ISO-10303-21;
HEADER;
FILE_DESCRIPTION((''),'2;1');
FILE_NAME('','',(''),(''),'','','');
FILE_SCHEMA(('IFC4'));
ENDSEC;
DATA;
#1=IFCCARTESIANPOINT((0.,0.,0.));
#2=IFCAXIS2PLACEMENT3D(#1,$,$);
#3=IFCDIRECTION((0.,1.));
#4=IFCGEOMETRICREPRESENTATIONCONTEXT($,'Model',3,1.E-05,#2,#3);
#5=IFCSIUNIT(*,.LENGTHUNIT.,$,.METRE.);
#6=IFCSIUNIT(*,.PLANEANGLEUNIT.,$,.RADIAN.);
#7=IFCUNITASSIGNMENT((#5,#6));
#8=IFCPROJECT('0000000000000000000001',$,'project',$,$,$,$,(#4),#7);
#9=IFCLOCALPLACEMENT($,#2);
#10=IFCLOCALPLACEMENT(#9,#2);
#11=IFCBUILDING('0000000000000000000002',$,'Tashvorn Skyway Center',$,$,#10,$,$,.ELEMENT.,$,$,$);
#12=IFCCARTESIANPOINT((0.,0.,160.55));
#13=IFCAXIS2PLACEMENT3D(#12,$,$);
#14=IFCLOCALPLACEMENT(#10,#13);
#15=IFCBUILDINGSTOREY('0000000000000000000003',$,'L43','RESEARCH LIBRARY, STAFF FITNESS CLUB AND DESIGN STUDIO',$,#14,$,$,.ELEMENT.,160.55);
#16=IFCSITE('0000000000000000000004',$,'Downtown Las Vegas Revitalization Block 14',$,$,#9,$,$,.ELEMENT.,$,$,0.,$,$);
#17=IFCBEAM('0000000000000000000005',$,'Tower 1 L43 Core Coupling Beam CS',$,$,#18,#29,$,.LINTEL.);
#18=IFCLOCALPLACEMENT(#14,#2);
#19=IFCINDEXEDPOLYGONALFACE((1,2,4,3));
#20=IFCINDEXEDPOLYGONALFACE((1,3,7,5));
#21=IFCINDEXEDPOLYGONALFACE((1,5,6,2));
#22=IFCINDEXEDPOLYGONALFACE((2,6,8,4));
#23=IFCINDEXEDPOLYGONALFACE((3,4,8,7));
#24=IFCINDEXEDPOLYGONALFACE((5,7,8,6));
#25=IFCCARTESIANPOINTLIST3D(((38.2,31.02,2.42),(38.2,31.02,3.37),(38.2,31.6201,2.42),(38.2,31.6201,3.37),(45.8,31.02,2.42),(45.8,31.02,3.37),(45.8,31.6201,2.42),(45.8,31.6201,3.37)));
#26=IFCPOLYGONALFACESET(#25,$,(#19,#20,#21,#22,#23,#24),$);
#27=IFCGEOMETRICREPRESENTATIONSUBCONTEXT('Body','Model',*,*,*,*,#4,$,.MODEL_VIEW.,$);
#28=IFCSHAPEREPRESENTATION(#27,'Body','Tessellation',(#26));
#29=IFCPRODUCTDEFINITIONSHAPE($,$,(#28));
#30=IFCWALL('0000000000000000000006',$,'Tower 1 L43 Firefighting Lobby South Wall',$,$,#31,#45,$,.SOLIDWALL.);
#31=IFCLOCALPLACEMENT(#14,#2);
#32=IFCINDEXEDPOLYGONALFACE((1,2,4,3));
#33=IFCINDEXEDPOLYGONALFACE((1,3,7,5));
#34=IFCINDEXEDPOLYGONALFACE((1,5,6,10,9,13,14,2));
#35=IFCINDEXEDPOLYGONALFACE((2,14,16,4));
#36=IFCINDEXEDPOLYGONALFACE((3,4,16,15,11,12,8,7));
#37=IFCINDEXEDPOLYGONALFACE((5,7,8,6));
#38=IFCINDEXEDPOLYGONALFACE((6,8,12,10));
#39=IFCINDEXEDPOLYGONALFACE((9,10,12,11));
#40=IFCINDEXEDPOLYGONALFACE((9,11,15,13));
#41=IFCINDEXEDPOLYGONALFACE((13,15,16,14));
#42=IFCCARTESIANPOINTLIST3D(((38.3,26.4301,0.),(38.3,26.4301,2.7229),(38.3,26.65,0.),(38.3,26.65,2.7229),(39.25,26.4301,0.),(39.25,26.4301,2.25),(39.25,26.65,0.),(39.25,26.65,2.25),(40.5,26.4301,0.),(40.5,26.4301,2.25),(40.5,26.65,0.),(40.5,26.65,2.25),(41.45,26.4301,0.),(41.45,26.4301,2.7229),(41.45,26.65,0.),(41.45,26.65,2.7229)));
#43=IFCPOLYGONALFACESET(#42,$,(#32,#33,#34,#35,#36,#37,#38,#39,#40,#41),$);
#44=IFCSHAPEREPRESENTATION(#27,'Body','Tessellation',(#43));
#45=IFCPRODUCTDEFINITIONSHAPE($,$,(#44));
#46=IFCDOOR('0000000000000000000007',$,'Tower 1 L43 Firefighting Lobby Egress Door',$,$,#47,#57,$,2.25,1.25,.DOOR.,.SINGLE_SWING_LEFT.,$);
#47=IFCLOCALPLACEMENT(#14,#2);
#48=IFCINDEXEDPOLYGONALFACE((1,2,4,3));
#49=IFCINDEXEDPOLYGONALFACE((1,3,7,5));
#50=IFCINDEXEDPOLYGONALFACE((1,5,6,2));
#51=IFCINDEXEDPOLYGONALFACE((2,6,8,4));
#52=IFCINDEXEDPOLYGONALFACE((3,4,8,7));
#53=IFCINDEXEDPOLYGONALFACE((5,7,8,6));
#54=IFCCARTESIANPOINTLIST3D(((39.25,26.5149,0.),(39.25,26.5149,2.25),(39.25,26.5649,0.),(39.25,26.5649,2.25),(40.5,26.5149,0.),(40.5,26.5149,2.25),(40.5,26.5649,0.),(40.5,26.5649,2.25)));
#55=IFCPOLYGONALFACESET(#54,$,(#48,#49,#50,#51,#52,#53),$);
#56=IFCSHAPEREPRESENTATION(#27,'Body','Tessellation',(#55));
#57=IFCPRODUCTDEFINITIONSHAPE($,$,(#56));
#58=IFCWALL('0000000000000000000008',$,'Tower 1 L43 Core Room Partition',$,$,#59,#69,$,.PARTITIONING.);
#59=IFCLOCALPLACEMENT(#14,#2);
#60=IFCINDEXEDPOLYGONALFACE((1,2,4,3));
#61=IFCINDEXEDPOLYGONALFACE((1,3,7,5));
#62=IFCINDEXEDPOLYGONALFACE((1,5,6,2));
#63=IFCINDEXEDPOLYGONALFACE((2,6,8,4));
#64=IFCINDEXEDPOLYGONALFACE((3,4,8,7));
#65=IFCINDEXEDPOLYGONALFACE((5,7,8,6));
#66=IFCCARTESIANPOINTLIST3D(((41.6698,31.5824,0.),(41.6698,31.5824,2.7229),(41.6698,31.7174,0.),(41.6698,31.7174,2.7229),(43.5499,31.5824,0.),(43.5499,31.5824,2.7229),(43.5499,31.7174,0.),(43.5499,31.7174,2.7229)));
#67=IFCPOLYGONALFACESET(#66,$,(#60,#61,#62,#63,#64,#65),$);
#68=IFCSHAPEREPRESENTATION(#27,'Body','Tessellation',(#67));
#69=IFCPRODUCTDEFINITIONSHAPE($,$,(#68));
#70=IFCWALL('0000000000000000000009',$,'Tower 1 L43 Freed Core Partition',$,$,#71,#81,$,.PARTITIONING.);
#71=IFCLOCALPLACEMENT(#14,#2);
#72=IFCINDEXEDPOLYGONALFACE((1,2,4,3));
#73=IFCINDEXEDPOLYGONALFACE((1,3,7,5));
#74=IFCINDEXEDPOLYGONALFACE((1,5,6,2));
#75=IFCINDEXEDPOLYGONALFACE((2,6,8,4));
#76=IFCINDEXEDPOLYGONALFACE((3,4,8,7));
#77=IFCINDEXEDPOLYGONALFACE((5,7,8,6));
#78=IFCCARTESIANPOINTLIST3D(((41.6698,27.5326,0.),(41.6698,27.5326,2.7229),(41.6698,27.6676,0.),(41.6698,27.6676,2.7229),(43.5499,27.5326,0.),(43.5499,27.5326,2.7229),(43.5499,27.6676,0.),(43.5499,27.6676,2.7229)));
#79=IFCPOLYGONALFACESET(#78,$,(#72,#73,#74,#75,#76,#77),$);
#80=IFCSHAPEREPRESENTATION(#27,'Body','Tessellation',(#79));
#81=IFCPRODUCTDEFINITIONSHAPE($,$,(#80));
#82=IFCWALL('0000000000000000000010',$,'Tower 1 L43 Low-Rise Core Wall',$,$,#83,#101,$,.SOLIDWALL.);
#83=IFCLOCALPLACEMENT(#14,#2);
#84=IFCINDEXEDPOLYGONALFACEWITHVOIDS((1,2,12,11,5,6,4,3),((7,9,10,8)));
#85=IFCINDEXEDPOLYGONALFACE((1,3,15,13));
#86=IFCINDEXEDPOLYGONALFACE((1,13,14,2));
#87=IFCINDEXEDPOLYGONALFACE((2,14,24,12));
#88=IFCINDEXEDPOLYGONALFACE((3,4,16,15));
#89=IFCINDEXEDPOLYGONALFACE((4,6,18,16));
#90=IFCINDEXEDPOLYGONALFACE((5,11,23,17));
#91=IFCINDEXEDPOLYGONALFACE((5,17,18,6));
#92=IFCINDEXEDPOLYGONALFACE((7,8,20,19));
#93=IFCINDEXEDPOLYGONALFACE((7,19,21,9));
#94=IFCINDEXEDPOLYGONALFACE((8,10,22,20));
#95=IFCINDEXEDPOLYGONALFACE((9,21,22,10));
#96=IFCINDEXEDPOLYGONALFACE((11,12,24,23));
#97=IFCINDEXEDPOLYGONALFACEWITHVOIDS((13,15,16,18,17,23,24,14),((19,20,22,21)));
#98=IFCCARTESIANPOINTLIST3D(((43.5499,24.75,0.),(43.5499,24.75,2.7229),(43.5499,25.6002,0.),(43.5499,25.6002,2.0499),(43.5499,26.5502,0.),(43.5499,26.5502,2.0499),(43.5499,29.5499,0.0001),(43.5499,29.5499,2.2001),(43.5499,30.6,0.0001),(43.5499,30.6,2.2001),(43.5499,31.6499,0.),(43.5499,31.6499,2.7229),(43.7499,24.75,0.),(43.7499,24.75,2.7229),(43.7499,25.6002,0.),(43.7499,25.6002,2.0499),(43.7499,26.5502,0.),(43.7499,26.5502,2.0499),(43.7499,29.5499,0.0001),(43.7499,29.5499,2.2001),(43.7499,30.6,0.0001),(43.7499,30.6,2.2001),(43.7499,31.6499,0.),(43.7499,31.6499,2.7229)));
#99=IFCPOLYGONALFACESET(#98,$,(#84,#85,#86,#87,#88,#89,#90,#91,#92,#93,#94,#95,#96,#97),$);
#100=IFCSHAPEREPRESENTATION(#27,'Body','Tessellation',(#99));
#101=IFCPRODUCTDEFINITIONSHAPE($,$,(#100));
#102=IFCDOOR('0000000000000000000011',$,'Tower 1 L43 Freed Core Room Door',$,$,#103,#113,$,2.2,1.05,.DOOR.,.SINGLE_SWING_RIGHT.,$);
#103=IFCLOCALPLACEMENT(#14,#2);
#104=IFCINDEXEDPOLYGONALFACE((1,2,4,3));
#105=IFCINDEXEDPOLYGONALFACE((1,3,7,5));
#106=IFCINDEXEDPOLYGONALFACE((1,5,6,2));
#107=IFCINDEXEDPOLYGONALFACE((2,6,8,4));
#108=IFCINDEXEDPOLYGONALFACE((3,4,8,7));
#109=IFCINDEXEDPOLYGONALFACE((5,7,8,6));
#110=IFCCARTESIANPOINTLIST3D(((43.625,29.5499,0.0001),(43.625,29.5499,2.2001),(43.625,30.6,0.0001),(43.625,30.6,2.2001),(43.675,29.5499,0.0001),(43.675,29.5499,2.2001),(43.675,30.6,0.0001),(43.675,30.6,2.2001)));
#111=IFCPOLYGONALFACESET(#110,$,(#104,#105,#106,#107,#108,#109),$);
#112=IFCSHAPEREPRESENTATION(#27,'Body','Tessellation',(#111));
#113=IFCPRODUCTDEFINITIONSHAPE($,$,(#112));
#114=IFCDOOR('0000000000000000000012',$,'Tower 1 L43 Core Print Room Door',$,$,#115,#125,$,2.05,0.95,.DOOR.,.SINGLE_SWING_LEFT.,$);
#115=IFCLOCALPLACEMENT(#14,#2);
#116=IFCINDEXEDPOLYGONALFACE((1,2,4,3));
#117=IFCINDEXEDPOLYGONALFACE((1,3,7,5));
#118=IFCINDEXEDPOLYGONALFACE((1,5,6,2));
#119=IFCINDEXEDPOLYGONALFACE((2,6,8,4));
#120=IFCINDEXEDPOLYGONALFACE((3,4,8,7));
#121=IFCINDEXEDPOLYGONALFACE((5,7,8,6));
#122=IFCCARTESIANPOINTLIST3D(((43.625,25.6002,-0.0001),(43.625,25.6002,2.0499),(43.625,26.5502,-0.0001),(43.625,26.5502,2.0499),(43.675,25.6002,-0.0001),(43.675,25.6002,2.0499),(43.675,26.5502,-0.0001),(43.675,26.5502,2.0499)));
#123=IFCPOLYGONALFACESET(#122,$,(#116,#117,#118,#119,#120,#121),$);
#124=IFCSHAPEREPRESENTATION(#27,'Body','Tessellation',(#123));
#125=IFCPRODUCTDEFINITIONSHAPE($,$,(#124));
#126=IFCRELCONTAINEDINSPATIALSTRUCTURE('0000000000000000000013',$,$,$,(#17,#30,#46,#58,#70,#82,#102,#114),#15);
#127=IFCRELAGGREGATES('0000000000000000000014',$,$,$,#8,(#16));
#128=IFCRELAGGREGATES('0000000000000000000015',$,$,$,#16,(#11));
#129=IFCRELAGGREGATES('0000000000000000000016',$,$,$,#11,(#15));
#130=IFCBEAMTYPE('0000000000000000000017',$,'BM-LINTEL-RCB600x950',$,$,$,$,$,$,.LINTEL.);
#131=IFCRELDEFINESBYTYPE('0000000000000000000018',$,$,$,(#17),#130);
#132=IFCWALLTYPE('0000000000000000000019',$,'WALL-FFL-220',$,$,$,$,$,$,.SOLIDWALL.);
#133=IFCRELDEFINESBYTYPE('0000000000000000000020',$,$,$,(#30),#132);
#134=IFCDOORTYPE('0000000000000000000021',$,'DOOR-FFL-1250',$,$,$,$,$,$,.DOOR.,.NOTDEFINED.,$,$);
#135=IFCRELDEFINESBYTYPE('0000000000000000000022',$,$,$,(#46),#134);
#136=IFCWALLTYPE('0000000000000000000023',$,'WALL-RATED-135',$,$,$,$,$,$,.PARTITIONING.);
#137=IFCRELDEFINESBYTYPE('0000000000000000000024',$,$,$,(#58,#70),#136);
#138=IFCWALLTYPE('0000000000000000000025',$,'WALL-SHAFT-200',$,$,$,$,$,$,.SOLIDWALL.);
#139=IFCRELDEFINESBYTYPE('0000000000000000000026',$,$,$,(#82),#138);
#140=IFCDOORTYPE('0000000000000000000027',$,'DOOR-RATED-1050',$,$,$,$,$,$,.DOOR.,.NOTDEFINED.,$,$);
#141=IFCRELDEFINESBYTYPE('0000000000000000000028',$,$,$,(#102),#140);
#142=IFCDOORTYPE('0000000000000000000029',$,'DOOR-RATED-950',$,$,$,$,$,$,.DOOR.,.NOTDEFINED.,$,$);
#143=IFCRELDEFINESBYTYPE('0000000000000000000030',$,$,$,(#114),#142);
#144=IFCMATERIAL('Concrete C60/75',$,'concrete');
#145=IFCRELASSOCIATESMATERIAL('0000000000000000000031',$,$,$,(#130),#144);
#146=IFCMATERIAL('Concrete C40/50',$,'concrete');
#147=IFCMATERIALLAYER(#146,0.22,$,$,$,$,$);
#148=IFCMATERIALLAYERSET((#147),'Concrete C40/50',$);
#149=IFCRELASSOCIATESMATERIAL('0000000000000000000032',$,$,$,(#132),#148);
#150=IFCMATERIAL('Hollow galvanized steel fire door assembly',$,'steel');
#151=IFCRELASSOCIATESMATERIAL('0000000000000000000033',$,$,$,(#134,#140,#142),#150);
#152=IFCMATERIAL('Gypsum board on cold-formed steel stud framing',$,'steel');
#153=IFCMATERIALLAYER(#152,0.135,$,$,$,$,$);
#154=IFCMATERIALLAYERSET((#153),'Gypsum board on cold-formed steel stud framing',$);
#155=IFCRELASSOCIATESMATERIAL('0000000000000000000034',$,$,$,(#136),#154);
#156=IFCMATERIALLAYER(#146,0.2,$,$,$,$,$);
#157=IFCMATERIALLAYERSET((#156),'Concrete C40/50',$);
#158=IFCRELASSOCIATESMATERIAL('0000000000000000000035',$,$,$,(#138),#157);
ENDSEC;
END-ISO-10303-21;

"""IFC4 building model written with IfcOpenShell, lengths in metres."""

from ifc_helpers import new_model, si_unit, direction, frame, frame_2d, origin, origin_2d, place, context, subcontext, project, spatial, rectangle, extrude, material, layer, layer_set, material_profile, profile_set, type_object, element, fill, save


model = new_model("IFC4")

# Units and contexts
model_context = context("Model", 3, precision=1e-05, world=origin(), true_north=direction((0.0, 1.0)))
body_context = subcontext(model_context, "Body", "Model", "MODEL_VIEW")
ifc_project = project(units=[si_unit("LENGTHUNIT", "METRE"), si_unit("PLANEANGLEUNIT", "RADIAN")], contexts=[model_context])

# Site, building, storey
site_placement = place(None, origin())
site = spatial("IfcSite", under=ifc_project, at=site_placement, Name="Downtown Las Vegas Revitalization Block 14", CompositionType="ELEMENT", RefElevation=0.0)
building_placement = place(site_placement, origin())
building = spatial("IfcBuilding", under=site, at=building_placement, Name="Tashvorn Skyway Center", CompositionType="ELEMENT")
storey_placement = place(building_placement, frame((0.0, 0.0, 160.55)))
storey = spatial("IfcBuildingStorey", under=building, at=storey_placement, Name="L43", Description="RESEARCH LIBRARY, STAFF FITNESS CLUB AND DESIGN STUDIO", CompositionType="ELEMENT", Elevation=160.55)

# Beam
ifc_material_1 = material(Name="Concrete C60/75", Category="concrete")
ifc_material_profile = material_profile(ifc_material_1, rectangle(XDim=0.6001, YDim=0.95, at=origin_2d()), Name="RCB600x950")
ifc_profile_set = profile_set([ifc_material_profile], Name="Concrete C60/75")
beam_type = type_object("IfcBeamType", Name="BM-LINTEL-RCB600x950", PredefinedType="LINTEL", material=ifc_profile_set)
beam_placement = place(storey_placement, frame((38.2, 31.3201, 2.895), z_axis=(1.0, 0.0, 0.0), x_axis=(0.0, 1.0, 0.0)))
element("IfcBeam", 1, at=beam_placement, inside=storey, type_object=beam_type, Name="Tower 1 L43 Core Coupling Beam CS", PredefinedType="LINTEL", context=body_context, shape_type="SweptSolid", body=[
    extrude(rectangle(XDim=0.6001, YDim=0.95, at=origin_2d()), origin(), (0.0, 0.0, 1.0), 7.6001),
])

# Wall, opening, door
ifc_material_2 = material(Name="Concrete C40/50", Category="concrete")
ifc_layer_1 = layer(ifc_material_2, 0.22)
ifc_layer_set_1 = layer_set([ifc_layer_1], Name="Concrete C40/50")
wall_type_1 = type_object("IfcWallType", Name="WALL-FFL-220", PredefinedType="SOLIDWALL", material=ifc_layer_set_1)
wall_1_placement = place(storey_placement, frame((38.3, 26.54, 0.0), z_axis=(0.0, 0.0, 1.0), x_axis=(1.0, 0.0, 0.0)))
wall_1 = element("IfcWall", 2, at=wall_1_placement, inside=storey, type_object=wall_type_1, Name="Tower 1 L43 Firefighting Lobby South Wall", PredefinedType="SOLIDWALL", context=body_context, shape_type="SweptSolid", body=[
    extrude(rectangle(XDim=3.1499, YDim=0.22, at=frame_2d((1.575, 0.0))), origin(), (0.0, 0.0, 1.0), 2.7229),
])
opening_1_placement = place(wall_1_placement, frame((0.95, 0.0, 0.0)))
opening_1 = element("IfcOpeningElement", 3, at=opening_1_placement, cuts=wall_1, PredefinedType="OPENING", context=body_context, shape_type="SweptSolid", body=[
    extrude(rectangle(XDim=1.25, YDim=2.25, at=frame_2d((0.625, 1.125))), frame((0.0, 0.1199, 0.0), z_axis=(0.0, -1.0, 0.0), x_axis=(1.0, 0.0, 0.0)), (0.0, 0.0, 1.0), 0.24),
])
ifc_material_3 = material(Name="Hollow galvanized steel fire door assembly", Category="steel")
door_type_1 = type_object("IfcDoorType", Name="DOOR-FFL-1250", OperationType="NOTDEFINED", PredefinedType="DOOR", material=ifc_material_3)
door_1_placement = place(opening_1_placement, origin())
door_1 = element("IfcDoor", 4, at=door_1_placement, inside=storey, type_object=door_type_1, Name="Tower 1 L43 Firefighting Lobby Egress Door", OperationType="SINGLE_SWING_LEFT", OverallHeight=2.25, OverallWidth=1.25, PredefinedType="DOOR", context=body_context, shape_type="SweptSolid", body=[
    extrude(rectangle(XDim=1.25, YDim=2.25, at=frame_2d((0.625, 1.125))), frame((0.0, 0.0249, 0.0), z_axis=(0.0, -1.0, 0.0), x_axis=(1.0, 0.0, 0.0)), (0.0, 0.0, 1.0), 0.05),
])
fill(opening_1, door_1)

# Walls
ifc_material_4 = material(Name="Gypsum board on cold-formed steel stud framing", Category="steel")
ifc_layer_2 = layer(ifc_material_4, 0.135)
ifc_layer_set_2 = layer_set([ifc_layer_2], Name="Gypsum board on cold-formed steel stud framing")
wall_type_2 = type_object("IfcWallType", Name="WALL-RATED-135", PredefinedType="PARTITIONING", material=ifc_layer_set_2)
for number, where, z_axis, x_axis, name in (
    (5, (41.6699, 31.6499, 0.0), (0.0, 0.0, 1.0), (1.0, 0.0, 0.0), "Tower 1 L43 Core Room Partition"),
    (6, (41.6699, 27.6001, 0.0), (0.0, 0.0, 1.0), (1.0, 0.0, 0.0), "Tower 1 L43 Freed Core Partition"),
):
    element("IfcWall", number, at=place(storey_placement, frame(where, z_axis=z_axis, x_axis=x_axis)), inside=storey, type_object=wall_type_2, Name=name, PredefinedType="PARTITIONING", context=body_context, shape_type="SweptSolid", body=[
        extrude(rectangle(XDim=1.8801, YDim=0.135, at=frame_2d((0.9399, 0.0))), origin(), (0.0, 0.0, 1.0), 2.7229),
    ])

# Wall, openings, doors
ifc_layer_3 = layer(ifc_material_2, 0.2)
ifc_layer_set_3 = layer_set([ifc_layer_3], Name="Concrete C40/50")
wall_type_3 = type_object("IfcWallType", Name="WALL-SHAFT-200", PredefinedType="SOLIDWALL", material=ifc_layer_set_3)
wall_2_placement = place(storey_placement, frame((43.6499, 24.75, 0.0), z_axis=(0.0, 0.0, 1.0), x_axis=(0.0, 1.0, 0.0)))
wall_2 = element("IfcWall", 7, at=wall_2_placement, inside=storey, type_object=wall_type_3, Name="Tower 1 L43 Low-Rise Core Wall", PredefinedType="SOLIDWALL", context=body_context, shape_type="SweptSolid", body=[
    extrude(rectangle(XDim=6.8999, YDim=0.2, at=frame_2d((3.45, 0.0))), origin(), (0.0, 0.0, 1.0), 2.7229),
])
opening_2_placement = place(wall_2_placement, frame((0.8501, 0.0, 0.0)))
opening_2 = element("IfcOpeningElement", 8, at=opening_2_placement, cuts=wall_2, PredefinedType="OPENING", context=body_context, shape_type="SweptSolid", body=[
    extrude(rectangle(XDim=0.95, YDim=2.05, at=frame_2d((0.4751, 1.0249))), frame((0.0, 0.1099, 0.0), z_axis=(0.0, -1.0, 0.0), x_axis=(1.0, 0.0, 0.0)), (0.0, 0.0, 1.0), 0.22),
])
opening_3_placement = place(wall_2_placement, frame((4.8, 0.0, 0.0)))
opening_3 = element("IfcOpeningElement", 9, at=opening_3_placement, cuts=wall_2, PredefinedType="OPENING", context=body_context, shape_type="SweptSolid", body=[
    extrude(rectangle(XDim=1.05, YDim=2.2, at=frame_2d((0.5249, 1.1001))), frame((0.0, 0.1099, 0.0), z_axis=(0.0, -1.0, 0.0), x_axis=(1.0, 0.0, 0.0)), (0.0, 0.0, 1.0), 0.22),
])
door_type_2 = type_object("IfcDoorType", Name="DOOR-RATED-1050", OperationType="NOTDEFINED", PredefinedType="DOOR", material=ifc_material_3)
door_2_placement = place(opening_3_placement, origin())
door_2 = element("IfcDoor", 10, at=door_2_placement, inside=storey, type_object=door_type_2, Name="Tower 1 L43 Freed Core Room Door", OperationType="SINGLE_SWING_RIGHT", OverallHeight=2.2, OverallWidth=1.05, PredefinedType="DOOR", context=body_context, shape_type="SweptSolid", body=[
    extrude(rectangle(XDim=1.05, YDim=2.2, at=frame_2d((0.5249, 1.1001))), frame((0.0, 0.0249, 0.0), z_axis=(0.0, -1.0, 0.0), x_axis=(1.0, 0.0, 0.0)), (0.0, 0.0, 1.0), 0.05),
])
fill(opening_3, door_2)
door_type_3 = type_object("IfcDoorType", Name="DOOR-RATED-950", OperationType="NOTDEFINED", PredefinedType="DOOR", material=ifc_material_3)
door_3_placement = place(opening_2_placement, origin())
door_3 = element("IfcDoor", 11, at=door_3_placement, inside=storey, type_object=door_type_3, Name="Tower 1 L43 Core Print Room Door", OperationType="SINGLE_SWING_LEFT", OverallHeight=2.05, OverallWidth=0.95, PredefinedType="DOOR", context=body_context, shape_type="SweptSolid", body=[
    extrude(rectangle(XDim=0.95, YDim=2.05, at=frame_2d((0.4751, 1.0249))), frame((0.0, 0.0249, 0.0), z_axis=(0.0, -1.0, 0.0), x_axis=(1.0, 0.0, 0.0)), (0.0, 0.0, 1.0), 0.05),
])
fill(opening_2, door_3)

save(model, "model.ifc")
